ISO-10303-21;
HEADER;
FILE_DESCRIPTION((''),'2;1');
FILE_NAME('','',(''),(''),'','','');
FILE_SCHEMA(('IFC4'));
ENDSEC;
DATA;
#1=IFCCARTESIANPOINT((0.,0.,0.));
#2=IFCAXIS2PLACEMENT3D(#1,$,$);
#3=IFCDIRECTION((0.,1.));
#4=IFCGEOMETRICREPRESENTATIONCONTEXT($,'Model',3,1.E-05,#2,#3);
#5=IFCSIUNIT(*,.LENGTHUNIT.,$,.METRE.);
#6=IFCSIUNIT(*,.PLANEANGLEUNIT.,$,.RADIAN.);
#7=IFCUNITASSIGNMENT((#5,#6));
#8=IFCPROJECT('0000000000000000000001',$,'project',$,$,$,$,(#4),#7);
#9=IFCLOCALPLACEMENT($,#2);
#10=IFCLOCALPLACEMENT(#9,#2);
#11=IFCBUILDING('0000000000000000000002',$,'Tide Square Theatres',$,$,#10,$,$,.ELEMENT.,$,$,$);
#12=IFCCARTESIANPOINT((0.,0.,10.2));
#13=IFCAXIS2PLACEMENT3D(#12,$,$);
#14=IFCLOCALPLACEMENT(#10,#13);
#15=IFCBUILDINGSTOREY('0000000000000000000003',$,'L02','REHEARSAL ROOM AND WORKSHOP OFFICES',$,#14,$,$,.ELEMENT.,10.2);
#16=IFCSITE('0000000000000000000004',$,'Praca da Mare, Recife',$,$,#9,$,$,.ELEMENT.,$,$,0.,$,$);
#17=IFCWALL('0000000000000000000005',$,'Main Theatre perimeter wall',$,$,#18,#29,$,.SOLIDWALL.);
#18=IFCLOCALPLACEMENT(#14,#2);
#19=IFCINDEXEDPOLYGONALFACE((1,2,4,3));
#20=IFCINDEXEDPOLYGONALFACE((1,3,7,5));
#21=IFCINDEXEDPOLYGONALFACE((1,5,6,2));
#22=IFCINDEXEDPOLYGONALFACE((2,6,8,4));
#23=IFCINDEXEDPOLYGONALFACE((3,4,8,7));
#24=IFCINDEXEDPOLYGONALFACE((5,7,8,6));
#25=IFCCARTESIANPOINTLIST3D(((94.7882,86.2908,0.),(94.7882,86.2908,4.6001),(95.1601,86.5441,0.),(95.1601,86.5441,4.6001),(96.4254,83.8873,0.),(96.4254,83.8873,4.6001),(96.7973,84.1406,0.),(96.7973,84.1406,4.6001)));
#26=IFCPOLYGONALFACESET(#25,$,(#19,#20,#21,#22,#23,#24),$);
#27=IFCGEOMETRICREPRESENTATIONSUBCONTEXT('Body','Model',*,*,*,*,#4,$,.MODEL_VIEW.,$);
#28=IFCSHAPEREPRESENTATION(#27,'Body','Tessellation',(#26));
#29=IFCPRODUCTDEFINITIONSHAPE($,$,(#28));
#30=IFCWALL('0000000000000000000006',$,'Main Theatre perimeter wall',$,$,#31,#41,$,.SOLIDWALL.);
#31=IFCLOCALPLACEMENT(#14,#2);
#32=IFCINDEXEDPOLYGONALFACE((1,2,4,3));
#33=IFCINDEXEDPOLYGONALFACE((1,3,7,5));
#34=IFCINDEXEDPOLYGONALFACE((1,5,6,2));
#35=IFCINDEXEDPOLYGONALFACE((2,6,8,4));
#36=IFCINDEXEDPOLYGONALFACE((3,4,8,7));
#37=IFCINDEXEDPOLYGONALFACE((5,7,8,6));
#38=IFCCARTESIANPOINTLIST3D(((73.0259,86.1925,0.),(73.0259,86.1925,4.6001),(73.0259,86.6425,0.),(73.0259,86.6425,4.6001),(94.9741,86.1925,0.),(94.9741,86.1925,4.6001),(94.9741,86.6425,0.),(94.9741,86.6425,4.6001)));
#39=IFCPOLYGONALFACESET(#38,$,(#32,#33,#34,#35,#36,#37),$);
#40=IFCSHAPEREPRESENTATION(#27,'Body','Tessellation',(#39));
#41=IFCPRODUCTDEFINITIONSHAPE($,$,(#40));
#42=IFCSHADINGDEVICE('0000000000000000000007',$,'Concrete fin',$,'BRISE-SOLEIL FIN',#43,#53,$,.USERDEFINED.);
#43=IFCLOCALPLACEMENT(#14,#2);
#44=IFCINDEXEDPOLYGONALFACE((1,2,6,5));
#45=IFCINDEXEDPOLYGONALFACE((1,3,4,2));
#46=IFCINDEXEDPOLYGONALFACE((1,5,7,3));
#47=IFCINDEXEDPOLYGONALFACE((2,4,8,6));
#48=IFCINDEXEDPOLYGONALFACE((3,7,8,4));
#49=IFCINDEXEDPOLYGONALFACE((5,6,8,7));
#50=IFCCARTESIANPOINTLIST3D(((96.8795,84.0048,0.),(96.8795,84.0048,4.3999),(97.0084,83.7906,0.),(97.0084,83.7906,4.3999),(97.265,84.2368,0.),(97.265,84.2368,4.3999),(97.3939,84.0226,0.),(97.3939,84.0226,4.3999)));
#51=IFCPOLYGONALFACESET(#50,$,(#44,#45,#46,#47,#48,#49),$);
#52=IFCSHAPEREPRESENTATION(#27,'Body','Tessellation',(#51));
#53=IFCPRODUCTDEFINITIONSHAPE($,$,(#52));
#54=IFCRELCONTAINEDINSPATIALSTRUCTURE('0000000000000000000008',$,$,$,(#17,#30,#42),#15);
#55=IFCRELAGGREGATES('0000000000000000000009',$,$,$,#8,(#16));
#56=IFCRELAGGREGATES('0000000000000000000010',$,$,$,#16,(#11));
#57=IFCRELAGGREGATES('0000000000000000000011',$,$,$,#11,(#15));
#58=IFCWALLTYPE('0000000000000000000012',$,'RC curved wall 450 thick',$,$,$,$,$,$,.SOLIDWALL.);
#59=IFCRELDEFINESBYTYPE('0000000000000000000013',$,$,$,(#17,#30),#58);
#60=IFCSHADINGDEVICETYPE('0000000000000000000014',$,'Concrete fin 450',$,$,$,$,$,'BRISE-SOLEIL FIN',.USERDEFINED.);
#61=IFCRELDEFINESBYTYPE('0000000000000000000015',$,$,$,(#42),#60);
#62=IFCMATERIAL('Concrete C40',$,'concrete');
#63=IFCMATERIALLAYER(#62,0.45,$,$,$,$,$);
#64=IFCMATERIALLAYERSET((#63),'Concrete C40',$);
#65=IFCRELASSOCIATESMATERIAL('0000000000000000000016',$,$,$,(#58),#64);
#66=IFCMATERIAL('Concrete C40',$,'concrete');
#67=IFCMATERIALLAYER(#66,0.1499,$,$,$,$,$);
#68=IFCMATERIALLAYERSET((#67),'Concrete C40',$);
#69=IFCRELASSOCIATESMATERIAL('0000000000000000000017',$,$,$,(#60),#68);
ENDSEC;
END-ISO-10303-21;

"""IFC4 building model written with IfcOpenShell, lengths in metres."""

from ifc_helpers import new_model, si_unit, direction, frame, frame_2d, origin, origin_2d, place, context, subcontext, project, spatial, rectangle, extrude, material, layer, layer_set, type_object, element, save


model = new_model("IFC4")

# Units and contexts
model_context = context("Model", 3, precision=1e-05, world=origin(), true_north=direction((0.0, 1.0)))
body_context = subcontext(model_context, "Body", "Model", "MODEL_VIEW")
ifc_project = project(units=[si_unit("LENGTHUNIT", "METRE"), si_unit("PLANEANGLEUNIT", "RADIAN")], contexts=[model_context])

# Site, building, storey
site_placement = place(None, origin())
site = spatial("IfcSite", under=ifc_project, at=site_placement, Name="Praca da Mare, Recife", CompositionType="ELEMENT", RefElevation=0.0)
building_placement = place(site_placement, origin())
building = spatial("IfcBuilding", under=site, at=building_placement, Name="Tide Square Theatres", CompositionType="ELEMENT")
storey_placement = place(building_placement, frame((0.0, 0.0, 10.2)))
storey = spatial("IfcBuildingStorey", under=building, at=storey_placement, Name="L02", Description="REHEARSAL ROOM AND WORKSHOP OFFICES", CompositionType="ELEMENT", Elevation=10.2)

# Walls
ifc_material_1 = material(Name="Concrete C40", Category="concrete")
ifc_layer_1 = layer(ifc_material_1, 0.45)
ifc_layer_set_1 = layer_set([ifc_layer_1], Name="Concrete C40")
wall_type_1 = type_object("IfcWallType", Name="RC curved wall 450 thick", PredefinedType="SOLIDWALL", material=ifc_layer_set_1)
wall_1_placement = place(storey_placement, frame((96.6113, 84.0139, 0.0), z_axis=(0.0, 0.0, 1.0), x_axis=(-0.562964, 0.826481, 0.0)))
element("IfcWall", 1, at=wall_1_placement, inside=storey, type_object=wall_type_1, Name="Main Theatre perimeter wall", PredefinedType="SOLIDWALL", context=body_context, shape_type="SweptSolid", body=[
    extrude(rectangle(XDim=2.9082, YDim=0.45, at=frame_2d((1.4541, 0.0))), origin(), (0.0, 0.0, 1.0), 4.6001),
])
wall_2_placement = place(storey_placement, frame((94.9741, 86.4175, 0.0), z_axis=(0.0, 0.0, 1.0), x_axis=(-1.0, 0.0, 0.0)))
element("IfcWall", 2, at=wall_2_placement, inside=storey, type_object=wall_type_1, Name="Main Theatre perimeter wall", PredefinedType="SOLIDWALL", context=body_context, shape_type="SweptSolid", body=[
    extrude(rectangle(XDim=21.9482, YDim=0.45, at=frame_2d((10.9741, 0.0))), origin(), (0.0, 0.0, 1.0), 4.6001),
])

# Shading device
ifc_material_2 = material(Name="Concrete C40", Category="concrete")
ifc_layer_2 = layer(ifc_material_2, 0.1499)
ifc_layer_set_2 = layer_set([ifc_layer_2], Name="Concrete C40")
shading_device_type = type_object("IfcShadingDeviceType", Name="Concrete fin 450", ElementType="BRISE-SOLEIL FIN", PredefinedType="USERDEFINED", material=ifc_layer_set_2)
shading_device_placement = place(storey_placement, frame((97.1367, 84.0137, 0.0), z_axis=(0.0, 0.0, 1.0), x_axis=(-0.515681, 0.856781, 0.0)))
element("IfcShadingDevice", 3, at=shading_device_placement, inside=storey, type_object=shading_device_type, Name="Concrete fin", ObjectType="BRISE-SOLEIL FIN", PredefinedType="USERDEFINED", context=body_context, shape_type="SweptSolid", body=[
    extrude(rectangle(XDim=0.25, YDim=0.45, at=origin_2d()), origin(), (0.0, 0.0, 1.0), 4.3999),
])

save(model, "model.ifc")
